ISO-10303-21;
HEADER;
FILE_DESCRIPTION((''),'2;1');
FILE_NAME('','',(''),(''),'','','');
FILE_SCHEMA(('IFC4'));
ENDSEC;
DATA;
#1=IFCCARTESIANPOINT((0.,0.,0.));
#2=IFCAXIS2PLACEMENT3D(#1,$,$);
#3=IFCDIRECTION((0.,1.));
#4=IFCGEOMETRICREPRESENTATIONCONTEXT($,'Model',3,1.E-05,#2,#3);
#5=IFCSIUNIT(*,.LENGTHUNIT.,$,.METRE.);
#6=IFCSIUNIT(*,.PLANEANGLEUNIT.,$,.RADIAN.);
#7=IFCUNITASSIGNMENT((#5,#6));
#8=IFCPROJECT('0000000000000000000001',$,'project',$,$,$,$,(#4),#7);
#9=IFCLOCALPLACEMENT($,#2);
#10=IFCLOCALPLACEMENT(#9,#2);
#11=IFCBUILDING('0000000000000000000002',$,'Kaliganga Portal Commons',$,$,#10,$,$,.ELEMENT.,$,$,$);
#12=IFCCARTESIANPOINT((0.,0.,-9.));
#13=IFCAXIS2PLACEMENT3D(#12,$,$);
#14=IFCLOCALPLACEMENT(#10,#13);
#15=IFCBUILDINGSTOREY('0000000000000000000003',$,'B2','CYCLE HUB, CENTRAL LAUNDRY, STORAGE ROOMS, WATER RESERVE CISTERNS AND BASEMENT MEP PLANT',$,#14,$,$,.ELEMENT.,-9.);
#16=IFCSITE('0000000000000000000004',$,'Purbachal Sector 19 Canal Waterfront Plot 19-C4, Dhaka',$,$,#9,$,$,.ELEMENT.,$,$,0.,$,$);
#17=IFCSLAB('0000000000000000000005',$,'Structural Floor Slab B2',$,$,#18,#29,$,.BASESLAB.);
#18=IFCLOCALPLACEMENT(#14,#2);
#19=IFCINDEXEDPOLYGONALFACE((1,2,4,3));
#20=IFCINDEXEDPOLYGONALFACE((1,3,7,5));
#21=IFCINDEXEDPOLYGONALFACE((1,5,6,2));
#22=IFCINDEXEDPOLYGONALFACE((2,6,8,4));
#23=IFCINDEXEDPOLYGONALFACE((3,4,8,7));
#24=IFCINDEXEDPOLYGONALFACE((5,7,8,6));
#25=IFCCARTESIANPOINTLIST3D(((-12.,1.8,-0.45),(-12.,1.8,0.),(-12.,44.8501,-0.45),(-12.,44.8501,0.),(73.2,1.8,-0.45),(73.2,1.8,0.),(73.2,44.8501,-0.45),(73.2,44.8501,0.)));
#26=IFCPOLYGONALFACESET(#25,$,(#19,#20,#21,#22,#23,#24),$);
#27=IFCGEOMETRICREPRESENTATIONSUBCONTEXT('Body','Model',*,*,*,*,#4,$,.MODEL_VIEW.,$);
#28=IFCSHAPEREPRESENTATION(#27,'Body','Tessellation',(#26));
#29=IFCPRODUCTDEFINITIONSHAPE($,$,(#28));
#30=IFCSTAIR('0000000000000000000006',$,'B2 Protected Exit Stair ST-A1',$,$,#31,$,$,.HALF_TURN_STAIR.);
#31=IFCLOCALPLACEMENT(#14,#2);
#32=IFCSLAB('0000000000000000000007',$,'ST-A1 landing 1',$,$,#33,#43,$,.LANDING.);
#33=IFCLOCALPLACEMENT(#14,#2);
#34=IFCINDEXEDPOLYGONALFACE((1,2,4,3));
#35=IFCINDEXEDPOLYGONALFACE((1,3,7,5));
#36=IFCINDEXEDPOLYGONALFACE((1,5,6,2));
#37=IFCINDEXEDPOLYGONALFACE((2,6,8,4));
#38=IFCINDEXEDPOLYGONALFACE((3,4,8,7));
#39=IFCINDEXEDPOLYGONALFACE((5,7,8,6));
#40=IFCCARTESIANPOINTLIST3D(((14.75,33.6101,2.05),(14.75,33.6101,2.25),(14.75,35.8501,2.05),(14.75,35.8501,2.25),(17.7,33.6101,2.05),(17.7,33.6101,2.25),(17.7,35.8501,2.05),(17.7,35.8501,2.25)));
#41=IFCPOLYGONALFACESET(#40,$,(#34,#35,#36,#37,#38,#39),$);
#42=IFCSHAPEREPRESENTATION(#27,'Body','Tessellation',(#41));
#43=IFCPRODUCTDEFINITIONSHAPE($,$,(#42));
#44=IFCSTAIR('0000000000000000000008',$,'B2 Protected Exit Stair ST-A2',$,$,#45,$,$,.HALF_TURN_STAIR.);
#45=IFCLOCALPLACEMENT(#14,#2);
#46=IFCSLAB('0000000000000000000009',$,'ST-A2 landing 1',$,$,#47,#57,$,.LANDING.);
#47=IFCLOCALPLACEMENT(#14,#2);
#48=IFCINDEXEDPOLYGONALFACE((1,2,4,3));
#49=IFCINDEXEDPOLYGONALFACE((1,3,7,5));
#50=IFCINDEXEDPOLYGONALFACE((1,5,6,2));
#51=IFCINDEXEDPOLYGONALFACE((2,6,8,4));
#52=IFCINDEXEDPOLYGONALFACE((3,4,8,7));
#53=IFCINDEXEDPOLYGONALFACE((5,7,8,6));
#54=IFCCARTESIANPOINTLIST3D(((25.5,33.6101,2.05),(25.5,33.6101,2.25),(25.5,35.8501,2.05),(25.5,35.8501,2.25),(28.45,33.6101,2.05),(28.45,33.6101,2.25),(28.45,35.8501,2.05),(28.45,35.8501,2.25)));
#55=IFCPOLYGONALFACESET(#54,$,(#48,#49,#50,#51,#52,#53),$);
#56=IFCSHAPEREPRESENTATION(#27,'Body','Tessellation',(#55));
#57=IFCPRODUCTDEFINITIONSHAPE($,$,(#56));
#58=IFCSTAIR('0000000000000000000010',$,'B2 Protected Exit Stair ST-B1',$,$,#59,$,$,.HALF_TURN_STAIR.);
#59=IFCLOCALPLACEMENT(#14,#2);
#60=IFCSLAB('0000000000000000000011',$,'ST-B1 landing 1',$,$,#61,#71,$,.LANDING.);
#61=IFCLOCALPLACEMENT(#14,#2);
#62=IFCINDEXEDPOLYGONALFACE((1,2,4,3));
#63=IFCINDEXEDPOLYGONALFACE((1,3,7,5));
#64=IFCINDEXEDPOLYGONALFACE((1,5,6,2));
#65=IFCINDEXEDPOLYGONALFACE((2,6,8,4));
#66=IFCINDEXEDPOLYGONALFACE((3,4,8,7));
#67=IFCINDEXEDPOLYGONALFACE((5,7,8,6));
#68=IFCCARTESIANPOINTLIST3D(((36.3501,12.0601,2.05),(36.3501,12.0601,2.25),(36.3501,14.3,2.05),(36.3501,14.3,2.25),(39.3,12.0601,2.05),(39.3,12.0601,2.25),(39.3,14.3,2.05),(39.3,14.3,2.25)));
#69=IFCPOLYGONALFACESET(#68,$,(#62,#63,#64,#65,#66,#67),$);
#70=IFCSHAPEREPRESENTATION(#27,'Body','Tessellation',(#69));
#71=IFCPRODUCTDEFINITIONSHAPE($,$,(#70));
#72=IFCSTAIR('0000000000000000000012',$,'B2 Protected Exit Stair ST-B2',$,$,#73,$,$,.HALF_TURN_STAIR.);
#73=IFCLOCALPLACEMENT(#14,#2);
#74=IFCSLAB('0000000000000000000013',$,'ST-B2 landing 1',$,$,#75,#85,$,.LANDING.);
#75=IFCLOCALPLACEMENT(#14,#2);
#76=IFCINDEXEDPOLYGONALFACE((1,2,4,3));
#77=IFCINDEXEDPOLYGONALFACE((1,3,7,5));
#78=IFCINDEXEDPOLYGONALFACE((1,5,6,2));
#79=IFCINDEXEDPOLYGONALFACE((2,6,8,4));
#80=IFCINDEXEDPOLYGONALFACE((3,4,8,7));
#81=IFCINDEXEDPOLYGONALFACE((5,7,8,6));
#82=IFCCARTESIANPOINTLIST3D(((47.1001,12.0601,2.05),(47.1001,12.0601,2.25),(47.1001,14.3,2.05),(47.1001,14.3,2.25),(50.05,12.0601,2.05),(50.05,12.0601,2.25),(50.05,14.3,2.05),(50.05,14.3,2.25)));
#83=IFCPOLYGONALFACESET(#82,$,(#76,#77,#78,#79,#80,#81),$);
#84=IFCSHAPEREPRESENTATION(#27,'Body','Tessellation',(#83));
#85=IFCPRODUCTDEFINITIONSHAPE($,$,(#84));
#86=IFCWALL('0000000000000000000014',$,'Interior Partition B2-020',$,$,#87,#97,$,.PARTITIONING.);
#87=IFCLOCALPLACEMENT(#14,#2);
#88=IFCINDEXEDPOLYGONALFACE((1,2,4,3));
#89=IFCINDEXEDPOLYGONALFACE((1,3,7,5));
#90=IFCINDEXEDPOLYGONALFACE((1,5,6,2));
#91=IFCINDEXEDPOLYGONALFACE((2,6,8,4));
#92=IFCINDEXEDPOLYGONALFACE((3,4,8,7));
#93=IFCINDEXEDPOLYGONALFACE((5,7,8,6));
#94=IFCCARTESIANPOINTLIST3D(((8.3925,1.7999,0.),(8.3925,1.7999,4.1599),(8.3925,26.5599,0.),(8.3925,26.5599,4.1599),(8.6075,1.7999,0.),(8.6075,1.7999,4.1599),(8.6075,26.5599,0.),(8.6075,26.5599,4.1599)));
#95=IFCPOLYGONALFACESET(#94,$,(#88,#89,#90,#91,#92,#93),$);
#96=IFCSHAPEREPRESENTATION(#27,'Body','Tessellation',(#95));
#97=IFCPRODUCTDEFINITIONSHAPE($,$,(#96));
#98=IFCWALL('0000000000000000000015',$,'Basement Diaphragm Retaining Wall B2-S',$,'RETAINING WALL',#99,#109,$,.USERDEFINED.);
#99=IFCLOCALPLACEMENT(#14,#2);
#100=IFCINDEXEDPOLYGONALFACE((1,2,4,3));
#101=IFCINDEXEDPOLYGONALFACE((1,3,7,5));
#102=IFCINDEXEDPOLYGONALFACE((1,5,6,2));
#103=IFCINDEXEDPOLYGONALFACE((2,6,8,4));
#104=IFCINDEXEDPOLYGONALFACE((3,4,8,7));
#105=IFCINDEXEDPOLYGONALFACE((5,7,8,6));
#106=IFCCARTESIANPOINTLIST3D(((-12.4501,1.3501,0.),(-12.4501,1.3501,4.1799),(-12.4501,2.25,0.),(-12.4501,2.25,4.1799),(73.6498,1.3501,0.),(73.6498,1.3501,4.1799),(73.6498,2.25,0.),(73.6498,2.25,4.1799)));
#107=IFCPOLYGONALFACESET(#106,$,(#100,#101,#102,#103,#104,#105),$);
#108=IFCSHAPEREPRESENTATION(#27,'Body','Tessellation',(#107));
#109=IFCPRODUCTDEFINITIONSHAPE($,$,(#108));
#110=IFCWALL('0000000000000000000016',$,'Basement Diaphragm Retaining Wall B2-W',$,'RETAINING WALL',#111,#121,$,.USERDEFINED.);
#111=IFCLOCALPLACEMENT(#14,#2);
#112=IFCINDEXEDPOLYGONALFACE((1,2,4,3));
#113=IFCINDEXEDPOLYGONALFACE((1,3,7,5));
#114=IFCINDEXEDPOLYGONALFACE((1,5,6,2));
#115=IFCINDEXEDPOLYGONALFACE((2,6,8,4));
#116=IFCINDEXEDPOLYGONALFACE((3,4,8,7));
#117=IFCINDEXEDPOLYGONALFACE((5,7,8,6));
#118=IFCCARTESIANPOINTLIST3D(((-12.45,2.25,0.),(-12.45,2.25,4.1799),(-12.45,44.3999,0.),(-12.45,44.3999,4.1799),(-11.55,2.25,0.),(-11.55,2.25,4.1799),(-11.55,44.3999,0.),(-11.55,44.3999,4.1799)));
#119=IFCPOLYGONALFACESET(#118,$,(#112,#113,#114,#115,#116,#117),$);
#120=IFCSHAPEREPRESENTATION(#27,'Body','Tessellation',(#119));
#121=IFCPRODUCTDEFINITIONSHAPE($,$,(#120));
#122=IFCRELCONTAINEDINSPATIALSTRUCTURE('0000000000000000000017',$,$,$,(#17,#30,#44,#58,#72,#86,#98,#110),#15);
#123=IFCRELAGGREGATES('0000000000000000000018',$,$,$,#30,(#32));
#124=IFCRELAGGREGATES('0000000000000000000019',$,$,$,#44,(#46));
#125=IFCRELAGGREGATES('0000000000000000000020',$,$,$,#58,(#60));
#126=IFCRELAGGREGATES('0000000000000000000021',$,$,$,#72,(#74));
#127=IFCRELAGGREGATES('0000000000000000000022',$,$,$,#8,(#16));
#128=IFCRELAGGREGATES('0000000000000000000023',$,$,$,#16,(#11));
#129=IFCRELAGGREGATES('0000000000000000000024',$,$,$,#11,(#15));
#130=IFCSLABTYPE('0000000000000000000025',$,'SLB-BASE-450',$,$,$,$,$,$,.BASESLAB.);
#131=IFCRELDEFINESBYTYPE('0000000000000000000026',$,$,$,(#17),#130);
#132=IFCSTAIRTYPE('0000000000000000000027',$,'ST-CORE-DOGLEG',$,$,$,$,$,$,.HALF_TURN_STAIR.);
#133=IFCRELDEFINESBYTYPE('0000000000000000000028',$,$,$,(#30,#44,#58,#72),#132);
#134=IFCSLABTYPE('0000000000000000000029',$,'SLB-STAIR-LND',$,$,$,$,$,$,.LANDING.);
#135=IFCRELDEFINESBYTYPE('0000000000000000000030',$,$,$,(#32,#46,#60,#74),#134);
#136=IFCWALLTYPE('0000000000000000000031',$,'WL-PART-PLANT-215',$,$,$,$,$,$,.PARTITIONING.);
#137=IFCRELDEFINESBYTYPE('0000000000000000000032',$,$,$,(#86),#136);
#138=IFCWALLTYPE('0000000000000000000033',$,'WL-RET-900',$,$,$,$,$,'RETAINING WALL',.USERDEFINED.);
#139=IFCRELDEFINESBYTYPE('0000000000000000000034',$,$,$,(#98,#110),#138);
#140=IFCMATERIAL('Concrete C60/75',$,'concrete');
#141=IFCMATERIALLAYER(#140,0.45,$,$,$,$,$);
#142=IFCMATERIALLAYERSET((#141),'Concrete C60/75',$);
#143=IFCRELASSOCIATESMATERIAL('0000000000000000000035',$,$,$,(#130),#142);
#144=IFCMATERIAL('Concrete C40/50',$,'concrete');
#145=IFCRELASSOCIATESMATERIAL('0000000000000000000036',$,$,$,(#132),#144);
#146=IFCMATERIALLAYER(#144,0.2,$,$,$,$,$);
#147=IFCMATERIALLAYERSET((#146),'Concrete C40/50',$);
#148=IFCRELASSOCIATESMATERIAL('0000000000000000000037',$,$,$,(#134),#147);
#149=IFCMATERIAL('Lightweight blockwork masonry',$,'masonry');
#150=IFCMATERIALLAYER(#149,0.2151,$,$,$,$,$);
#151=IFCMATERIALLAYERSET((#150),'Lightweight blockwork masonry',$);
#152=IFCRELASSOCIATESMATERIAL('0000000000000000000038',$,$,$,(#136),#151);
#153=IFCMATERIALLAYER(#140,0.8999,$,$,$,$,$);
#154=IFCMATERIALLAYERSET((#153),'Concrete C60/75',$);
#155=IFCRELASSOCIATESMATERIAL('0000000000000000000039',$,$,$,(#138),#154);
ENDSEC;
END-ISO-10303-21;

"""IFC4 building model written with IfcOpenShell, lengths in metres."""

from ifc_helpers import new_model, si_unit, direction, frame, frame_2d, origin, place, context, subcontext, project, spatial, polyline, rectangle, outline, extrude, material, layer, layer_set, type_object, element, aggregate, save


model = new_model("IFC4")

# Units and contexts
model_context = context("Model", 3, precision=1e-05, world=origin(), true_north=direction((0.0, 1.0)))
body_context = subcontext(model_context, "Body", "Model", "MODEL_VIEW")
ifc_project = project(units=[si_unit("LENGTHUNIT", "METRE"), si_unit("PLANEANGLEUNIT", "RADIAN")], contexts=[model_context])

# Site, building, storey
site_placement = place(None, origin())
site = spatial("IfcSite", under=ifc_project, at=site_placement, Name="Purbachal Sector 19 Canal Waterfront Plot 19-C4, Dhaka", CompositionType="ELEMENT", RefElevation=0.0)
building_placement = place(site_placement, origin())
building = spatial("IfcBuilding", under=site, at=building_placement, Name="Kaliganga Portal Commons", CompositionType="ELEMENT")
storey_placement = place(building_placement, frame((0.0, 0.0, -9.0)))
storey = spatial("IfcBuildingStorey", under=building, at=storey_placement, Name="B2", Description="CYCLE HUB, CENTRAL LAUNDRY, STORAGE ROOMS, WATER RESERVE CISTERNS AND BASEMENT MEP PLANT", CompositionType="ELEMENT", Elevation=-9.0)

# Shared definitions
ifc_material_1 = material(Name="Concrete C60/75", Category="concrete")

# Slab
ifc_layer_1 = layer(ifc_material_1, 0.45)
ifc_layer_set_1 = layer_set([ifc_layer_1], Name="Concrete C60/75")
slab_type_1 = type_object("IfcSlabType", Name="SLB-BASE-450", PredefinedType="BASESLAB", material=ifc_layer_set_1)
slab_1_placement = place(storey_placement, frame((0.0, 0.0, -0.45)))
element("IfcSlab", 1, at=slab_1_placement, inside=storey, type_object=slab_type_1, Name="Structural Floor Slab B2", PredefinedType="BASESLAB", context=body_context, shape_type="SweptSolid", body=[
    extrude(outline(polyline([(-12.0, 1.8), (73.2, 1.8), (73.2, 44.8501), (-12.0, 44.8501), (-12.0, 1.8)])), origin(), (0.0, 0.0, 1.0), 0.45),
])

# Stairs, slabs
ifc_material_2 = material(Name="Concrete C40/50", Category="concrete")
stair_type = type_object("IfcStairType", Name="ST-CORE-DOGLEG", PredefinedType="HALF_TURN_STAIR", material=ifc_material_2)
stair_1_placement = place(storey_placement, origin())
stair_1 = element("IfcStair", 2, at=stair_1_placement, inside=storey, type_object=stair_type, Name="B2 Protected Exit Stair ST-A1", PredefinedType="HALF_TURN_STAIR")
ifc_layer_2 = layer(ifc_material_2, 0.2)
ifc_layer_set_2 = layer_set([ifc_layer_2], Name="Concrete C40/50")
slab_type_2 = type_object("IfcSlabType", Name="SLB-STAIR-LND", PredefinedType="LANDING", material=ifc_layer_set_2)
slab_2_placement = place(storey_placement, frame((0.0, 0.0, 2.05)))
slab_2 = element("IfcSlab", 3, at=slab_2_placement, type_object=slab_type_2, Name="ST-A1 landing 1", PredefinedType="LANDING", context=body_context, shape_type="SweptSolid", body=[
    extrude(outline(polyline([(17.7, 33.6101), (17.7, 35.8501), (14.75, 35.8501), (14.75, 33.6101), (17.7, 33.6101)])), origin(), (0.0, 0.0, 1.0), 0.2),
])
aggregate(stair_1, [slab_2])
stair_2_placement = place(storey_placement, origin())
stair_2 = element("IfcStair", 4, at=stair_2_placement, inside=storey, type_object=stair_type, Name="B2 Protected Exit Stair ST-A2", PredefinedType="HALF_TURN_STAIR")
slab_3_placement = place(storey_placement, frame((0.0, 0.0, 2.05)))
slab_3 = element("IfcSlab", 5, at=slab_3_placement, type_object=slab_type_2, Name="ST-A2 landing 1", PredefinedType="LANDING", context=body_context, shape_type="SweptSolid", body=[
    extrude(outline(polyline([(28.45, 33.6101), (28.45, 35.8501), (25.5, 35.8501), (25.5, 33.6101), (28.45, 33.6101)])), origin(), (0.0, 0.0, 1.0), 0.2),
])
aggregate(stair_2, [slab_3])
stair_3_placement = place(storey_placement, origin())
stair_3 = element("IfcStair", 6, at=stair_3_placement, inside=storey, type_object=stair_type, Name="B2 Protected Exit Stair ST-B1", PredefinedType="HALF_TURN_STAIR")
slab_4_placement = place(storey_placement, frame((0.0, 0.0, 2.05)))
slab_4 = element("IfcSlab", 7, at=slab_4_placement, type_object=slab_type_2, Name="ST-B1 landing 1", PredefinedType="LANDING", context=body_context, shape_type="SweptSolid", body=[
    extrude(outline(polyline([(39.3, 12.0601), (39.3, 14.3), (36.3501, 14.3), (36.3501, 12.0601), (39.3, 12.0601)])), origin(), (0.0, 0.0, 1.0), 0.2),
])
aggregate(stair_3, [slab_4])
stair_4_placement = place(storey_placement, origin())
stair_4 = element("IfcStair", 8, at=stair_4_placement, inside=storey, type_object=stair_type, Name="B2 Protected Exit Stair ST-B2", PredefinedType="HALF_TURN_STAIR")
slab_5_placement = place(storey_placement, frame((0.0, 0.0, 2.05)))
slab_5 = element("IfcSlab", 9, at=slab_5_placement, type_object=slab_type_2, Name="ST-B2 landing 1", PredefinedType="LANDING", context=body_context, shape_type="SweptSolid", body=[
    extrude(outline(polyline([(50.05, 12.0601), (50.05, 14.3), (47.1001, 14.3), (47.1001, 12.0601), (50.05, 12.0601)])), origin(), (0.0, 0.0, 1.0), 0.2),
])
aggregate(stair_4, [slab_5])

# Walls
ifc_material_3 = material(Name="Lightweight blockwork masonry", Category="masonry")
ifc_layer_3 = layer(ifc_material_3, 0.2151)
ifc_layer_set_3 = layer_set([ifc_layer_3], Name="Lightweight blockwork masonry")
wall_type_1 = type_object("IfcWallType", Name="WL-PART-PLANT-215", PredefinedType="PARTITIONING", material=ifc_layer_set_3)
wall_1_placement = place(storey_placement, frame((8.5, 1.8, 0.0), z_axis=(0.0, 0.0, 1.0), x_axis=(0.0, 1.0, 0.0)))
element("IfcWall", 10, at=wall_1_placement, inside=storey, type_object=wall_type_1, Name="Interior Partition B2-020", PredefinedType="PARTITIONING", context=body_context, shape_type="SweptSolid", body=[
    extrude(rectangle(XDim=24.76, YDim=0.2151, at=frame_2d((12.3799, 0.0))), origin(), (0.0, 0.0, 1.0), 4.1599),
])
ifc_layer_4 = layer(ifc_material_1, 0.8999)
ifc_layer_set_4 = layer_set([ifc_layer_4], Name="Concrete C60/75")
wall_type_2 = type_object("IfcWallType", Name="WL-RET-900", ElementType="RETAINING WALL", PredefinedType="USERDEFINED", material=ifc_layer_set_4)
wall_2_placement = place(storey_placement, frame((-12.45, 1.8, 0.0), z_axis=(0.0, 0.0, 1.0), x_axis=(1.0, 0.0, 0.0)))
element("IfcWall", 11, at=wall_2_placement, inside=storey, type_object=wall_type_2, Name="Basement Diaphragm Retaining Wall B2-S", ObjectType="RETAINING WALL", PredefinedType="USERDEFINED", context=body_context, shape_type="SweptSolid", body=[
    extrude(rectangle(XDim=86.0999, YDim=0.8999, at=frame_2d((43.0498, 0.0))), origin(), (0.0, 0.0, 1.0), 4.1799),
])
wall_3_placement = place(storey_placement, frame((-12.0, 2.25, 0.0), z_axis=(0.0, 0.0, 1.0), x_axis=(0.0, 1.0, 0.0)))
element("IfcWall", 12, at=wall_3_placement, inside=storey, type_object=wall_type_2, Name="Basement Diaphragm Retaining Wall B2-W", ObjectType="RETAINING WALL", PredefinedType="USERDEFINED", context=body_context, shape_type="SweptSolid", body=[
    extrude(rectangle(XDim=42.1499, YDim=0.8999, at=frame_2d((21.075, 0.0))), origin(), (0.0, 0.0, 1.0), 4.1799),
])

save(model, "model.ifc")
